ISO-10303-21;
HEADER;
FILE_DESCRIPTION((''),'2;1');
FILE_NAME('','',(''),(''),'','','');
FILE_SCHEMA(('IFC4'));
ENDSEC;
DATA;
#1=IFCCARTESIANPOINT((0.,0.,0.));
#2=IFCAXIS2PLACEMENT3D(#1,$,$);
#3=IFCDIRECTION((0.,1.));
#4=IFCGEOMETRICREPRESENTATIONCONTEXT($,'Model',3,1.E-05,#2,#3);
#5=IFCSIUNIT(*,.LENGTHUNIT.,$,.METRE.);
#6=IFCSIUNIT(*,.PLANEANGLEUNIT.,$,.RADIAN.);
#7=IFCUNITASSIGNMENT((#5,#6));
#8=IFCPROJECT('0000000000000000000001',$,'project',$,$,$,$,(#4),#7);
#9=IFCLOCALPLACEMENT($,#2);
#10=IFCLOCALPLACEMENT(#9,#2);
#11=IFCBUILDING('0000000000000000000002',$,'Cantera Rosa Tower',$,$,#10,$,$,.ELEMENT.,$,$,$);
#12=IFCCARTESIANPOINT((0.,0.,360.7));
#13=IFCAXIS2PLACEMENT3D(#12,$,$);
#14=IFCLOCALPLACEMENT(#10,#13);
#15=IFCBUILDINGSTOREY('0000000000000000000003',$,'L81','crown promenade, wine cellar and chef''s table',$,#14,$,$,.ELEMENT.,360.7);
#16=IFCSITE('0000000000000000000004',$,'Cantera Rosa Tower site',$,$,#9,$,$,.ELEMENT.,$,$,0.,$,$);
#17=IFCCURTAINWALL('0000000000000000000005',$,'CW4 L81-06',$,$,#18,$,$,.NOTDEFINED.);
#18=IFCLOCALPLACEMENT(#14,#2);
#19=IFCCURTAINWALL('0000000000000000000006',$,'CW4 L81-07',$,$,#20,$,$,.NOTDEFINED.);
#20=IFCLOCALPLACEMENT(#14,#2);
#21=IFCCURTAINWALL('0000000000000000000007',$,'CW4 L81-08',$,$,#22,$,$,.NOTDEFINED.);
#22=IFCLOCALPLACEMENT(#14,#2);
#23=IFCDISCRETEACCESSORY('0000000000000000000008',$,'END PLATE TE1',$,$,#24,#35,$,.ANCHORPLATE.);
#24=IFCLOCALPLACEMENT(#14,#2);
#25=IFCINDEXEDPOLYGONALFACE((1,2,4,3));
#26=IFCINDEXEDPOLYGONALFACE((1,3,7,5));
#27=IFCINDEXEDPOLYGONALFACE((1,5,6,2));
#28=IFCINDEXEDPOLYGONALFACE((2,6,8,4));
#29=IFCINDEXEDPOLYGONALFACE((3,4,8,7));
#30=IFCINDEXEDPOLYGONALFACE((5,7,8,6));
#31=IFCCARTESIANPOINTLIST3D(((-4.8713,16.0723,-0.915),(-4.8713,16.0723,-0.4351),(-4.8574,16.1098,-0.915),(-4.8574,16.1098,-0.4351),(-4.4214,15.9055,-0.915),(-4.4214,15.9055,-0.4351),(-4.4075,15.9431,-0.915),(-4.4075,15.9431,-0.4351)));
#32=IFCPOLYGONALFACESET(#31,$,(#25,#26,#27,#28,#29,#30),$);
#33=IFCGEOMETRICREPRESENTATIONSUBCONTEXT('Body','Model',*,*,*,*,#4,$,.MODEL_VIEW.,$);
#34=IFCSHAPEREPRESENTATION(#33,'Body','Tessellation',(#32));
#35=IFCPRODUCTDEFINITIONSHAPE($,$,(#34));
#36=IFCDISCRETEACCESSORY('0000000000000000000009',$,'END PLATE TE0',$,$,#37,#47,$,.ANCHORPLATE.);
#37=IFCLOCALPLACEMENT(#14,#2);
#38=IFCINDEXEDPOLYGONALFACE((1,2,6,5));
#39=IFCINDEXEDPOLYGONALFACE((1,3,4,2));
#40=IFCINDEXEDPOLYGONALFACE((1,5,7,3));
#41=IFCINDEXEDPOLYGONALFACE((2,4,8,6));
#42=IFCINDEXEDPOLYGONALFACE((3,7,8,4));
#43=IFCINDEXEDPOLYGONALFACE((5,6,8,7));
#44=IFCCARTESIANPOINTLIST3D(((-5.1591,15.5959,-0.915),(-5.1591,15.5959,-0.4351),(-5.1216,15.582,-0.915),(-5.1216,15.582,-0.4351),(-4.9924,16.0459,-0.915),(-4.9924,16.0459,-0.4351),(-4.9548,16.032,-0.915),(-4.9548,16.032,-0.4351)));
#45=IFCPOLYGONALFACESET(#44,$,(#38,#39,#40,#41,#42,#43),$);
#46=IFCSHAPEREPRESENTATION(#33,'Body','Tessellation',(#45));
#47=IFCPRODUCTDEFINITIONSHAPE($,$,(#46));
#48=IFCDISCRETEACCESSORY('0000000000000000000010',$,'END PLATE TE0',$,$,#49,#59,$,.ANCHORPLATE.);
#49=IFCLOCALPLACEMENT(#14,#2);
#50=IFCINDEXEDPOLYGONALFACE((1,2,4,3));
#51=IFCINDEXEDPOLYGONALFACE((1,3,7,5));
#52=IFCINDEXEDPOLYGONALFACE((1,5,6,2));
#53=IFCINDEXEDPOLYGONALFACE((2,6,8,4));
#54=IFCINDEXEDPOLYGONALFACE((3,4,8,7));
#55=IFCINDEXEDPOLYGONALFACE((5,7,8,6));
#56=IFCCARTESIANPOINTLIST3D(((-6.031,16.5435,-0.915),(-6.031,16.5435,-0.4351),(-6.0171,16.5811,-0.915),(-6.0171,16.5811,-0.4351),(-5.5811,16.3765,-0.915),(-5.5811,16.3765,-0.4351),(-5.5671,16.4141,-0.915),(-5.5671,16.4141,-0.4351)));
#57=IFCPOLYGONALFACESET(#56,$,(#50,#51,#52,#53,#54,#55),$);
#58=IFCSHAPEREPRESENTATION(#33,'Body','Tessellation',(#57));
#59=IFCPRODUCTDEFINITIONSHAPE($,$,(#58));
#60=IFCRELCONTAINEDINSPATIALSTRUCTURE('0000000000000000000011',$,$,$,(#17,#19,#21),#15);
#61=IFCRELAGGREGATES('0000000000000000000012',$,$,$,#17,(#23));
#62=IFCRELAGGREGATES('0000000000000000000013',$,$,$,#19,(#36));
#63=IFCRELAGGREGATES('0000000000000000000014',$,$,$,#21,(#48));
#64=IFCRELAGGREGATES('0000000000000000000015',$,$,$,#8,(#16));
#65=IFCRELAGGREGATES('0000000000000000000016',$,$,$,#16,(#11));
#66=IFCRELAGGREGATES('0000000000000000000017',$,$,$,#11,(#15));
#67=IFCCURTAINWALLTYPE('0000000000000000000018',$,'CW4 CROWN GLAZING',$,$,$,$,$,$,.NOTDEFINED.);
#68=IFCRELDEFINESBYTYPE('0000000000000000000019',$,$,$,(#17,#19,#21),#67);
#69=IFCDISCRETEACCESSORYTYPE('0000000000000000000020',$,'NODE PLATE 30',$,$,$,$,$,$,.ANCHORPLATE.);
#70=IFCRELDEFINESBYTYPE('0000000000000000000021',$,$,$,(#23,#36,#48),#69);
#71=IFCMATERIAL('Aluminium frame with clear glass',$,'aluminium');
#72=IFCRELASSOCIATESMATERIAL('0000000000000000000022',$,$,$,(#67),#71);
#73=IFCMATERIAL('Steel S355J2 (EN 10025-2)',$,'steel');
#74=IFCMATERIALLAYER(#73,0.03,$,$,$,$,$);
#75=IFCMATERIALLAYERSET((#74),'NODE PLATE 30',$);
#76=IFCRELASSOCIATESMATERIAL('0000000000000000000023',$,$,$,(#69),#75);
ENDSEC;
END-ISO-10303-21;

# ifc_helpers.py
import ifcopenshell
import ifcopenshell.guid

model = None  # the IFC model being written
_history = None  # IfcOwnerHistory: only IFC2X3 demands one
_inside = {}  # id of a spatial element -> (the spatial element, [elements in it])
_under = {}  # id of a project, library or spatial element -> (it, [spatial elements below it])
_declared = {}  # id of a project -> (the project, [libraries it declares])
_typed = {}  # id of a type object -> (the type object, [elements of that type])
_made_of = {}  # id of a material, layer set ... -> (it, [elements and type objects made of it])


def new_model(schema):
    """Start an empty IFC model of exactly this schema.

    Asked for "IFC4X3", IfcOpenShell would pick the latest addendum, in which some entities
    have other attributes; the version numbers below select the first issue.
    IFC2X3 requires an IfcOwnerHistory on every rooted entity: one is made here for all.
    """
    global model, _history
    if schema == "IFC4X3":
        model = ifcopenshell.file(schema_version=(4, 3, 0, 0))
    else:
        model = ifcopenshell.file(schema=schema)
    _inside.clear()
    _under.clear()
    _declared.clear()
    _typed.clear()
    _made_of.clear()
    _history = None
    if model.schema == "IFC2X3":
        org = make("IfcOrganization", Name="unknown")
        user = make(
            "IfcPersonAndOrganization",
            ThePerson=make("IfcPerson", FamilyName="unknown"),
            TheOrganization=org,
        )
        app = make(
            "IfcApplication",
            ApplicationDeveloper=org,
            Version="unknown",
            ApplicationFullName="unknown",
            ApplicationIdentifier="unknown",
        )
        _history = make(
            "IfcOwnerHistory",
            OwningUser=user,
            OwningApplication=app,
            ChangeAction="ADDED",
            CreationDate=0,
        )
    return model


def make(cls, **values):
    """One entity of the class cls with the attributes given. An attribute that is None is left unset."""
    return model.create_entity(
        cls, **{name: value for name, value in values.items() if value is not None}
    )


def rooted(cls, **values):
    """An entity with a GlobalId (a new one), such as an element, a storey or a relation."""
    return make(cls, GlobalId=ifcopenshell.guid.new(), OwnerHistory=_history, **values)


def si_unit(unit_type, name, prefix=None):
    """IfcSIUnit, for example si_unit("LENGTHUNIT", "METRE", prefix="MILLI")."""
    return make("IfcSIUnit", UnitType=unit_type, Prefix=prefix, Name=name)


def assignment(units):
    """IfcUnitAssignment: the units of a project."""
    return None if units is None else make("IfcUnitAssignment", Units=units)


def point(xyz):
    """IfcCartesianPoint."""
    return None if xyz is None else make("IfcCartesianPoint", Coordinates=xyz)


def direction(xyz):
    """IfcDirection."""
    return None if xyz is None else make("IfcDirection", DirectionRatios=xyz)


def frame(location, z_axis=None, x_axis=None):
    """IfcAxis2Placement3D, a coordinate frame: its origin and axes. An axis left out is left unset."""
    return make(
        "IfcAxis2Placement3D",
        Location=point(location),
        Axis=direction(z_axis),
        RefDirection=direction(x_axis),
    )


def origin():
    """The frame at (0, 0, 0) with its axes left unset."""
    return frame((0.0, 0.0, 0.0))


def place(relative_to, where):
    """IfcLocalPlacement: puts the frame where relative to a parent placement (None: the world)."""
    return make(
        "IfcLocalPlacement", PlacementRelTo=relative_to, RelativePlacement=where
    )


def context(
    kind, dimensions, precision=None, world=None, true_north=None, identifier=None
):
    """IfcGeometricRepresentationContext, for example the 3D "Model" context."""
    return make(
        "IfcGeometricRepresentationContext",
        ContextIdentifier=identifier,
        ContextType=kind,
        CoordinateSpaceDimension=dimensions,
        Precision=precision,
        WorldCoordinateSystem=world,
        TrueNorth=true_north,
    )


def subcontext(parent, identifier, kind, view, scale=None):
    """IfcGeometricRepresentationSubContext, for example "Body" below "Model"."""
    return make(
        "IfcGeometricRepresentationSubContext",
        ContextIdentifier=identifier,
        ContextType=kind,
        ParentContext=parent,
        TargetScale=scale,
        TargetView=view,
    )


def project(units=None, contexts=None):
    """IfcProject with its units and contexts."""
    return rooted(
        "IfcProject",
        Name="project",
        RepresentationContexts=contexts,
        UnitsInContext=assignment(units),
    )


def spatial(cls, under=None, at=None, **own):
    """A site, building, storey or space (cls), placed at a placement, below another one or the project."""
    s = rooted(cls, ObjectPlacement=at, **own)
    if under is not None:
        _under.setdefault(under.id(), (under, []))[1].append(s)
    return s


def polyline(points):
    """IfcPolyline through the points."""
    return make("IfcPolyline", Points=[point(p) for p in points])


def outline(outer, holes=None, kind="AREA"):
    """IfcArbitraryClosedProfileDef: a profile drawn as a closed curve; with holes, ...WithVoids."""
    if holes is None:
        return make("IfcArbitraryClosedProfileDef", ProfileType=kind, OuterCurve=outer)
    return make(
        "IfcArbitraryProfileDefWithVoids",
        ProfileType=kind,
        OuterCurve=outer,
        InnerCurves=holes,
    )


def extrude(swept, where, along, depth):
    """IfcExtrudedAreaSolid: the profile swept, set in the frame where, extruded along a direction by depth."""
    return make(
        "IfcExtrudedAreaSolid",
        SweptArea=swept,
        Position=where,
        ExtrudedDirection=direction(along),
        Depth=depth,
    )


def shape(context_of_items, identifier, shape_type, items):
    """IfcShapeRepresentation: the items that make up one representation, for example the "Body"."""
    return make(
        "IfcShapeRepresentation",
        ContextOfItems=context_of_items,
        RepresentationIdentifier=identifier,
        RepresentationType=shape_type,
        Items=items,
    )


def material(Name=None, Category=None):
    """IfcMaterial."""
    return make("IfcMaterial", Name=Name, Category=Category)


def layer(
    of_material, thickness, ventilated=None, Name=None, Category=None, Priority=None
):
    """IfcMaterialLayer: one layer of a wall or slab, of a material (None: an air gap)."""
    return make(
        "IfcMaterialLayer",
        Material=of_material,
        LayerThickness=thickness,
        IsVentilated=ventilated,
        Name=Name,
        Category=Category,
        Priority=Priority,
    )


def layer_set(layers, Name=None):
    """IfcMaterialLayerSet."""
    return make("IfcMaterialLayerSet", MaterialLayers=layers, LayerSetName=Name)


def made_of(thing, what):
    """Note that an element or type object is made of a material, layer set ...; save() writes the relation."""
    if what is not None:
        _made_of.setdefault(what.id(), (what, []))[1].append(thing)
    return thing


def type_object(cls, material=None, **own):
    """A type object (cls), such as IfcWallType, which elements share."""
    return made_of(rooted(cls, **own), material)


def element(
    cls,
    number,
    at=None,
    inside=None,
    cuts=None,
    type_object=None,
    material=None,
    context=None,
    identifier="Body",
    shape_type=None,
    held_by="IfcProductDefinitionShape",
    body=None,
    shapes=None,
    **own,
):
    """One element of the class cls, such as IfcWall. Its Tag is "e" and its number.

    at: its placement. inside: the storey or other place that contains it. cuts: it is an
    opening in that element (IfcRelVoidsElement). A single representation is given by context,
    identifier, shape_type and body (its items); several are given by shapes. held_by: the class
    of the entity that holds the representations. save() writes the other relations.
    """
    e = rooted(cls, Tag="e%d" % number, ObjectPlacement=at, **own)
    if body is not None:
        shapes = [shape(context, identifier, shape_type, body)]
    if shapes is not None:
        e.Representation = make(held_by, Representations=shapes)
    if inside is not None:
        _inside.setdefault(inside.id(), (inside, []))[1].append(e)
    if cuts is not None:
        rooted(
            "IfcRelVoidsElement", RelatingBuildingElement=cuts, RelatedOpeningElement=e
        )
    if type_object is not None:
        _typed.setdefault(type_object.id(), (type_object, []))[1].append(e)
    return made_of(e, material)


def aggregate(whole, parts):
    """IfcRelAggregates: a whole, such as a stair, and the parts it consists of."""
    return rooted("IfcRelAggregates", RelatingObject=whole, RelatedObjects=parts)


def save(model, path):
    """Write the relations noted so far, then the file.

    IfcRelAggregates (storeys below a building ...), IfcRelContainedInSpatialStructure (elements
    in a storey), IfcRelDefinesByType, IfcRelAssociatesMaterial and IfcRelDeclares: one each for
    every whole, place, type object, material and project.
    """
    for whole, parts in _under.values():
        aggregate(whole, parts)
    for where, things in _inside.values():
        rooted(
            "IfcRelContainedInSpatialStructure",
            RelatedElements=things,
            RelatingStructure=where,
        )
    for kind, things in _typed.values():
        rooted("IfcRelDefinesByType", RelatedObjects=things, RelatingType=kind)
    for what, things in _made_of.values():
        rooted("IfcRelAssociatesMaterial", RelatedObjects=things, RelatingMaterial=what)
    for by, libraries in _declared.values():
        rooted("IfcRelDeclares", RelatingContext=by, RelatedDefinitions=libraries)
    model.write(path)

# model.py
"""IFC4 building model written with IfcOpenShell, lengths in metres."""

from ifc_helpers import new_model, si_unit, direction, frame, origin, place, context, subcontext, project, spatial, polyline, outline, extrude, material, layer, layer_set, type_object, element, aggregate, save


model = new_model("IFC4")

# Units and contexts
model_context = context("Model", 3, precision=1e-05, world=origin(), true_north=direction((0.0, 1.0)))
body_context = subcontext(model_context, "Body", "Model", "MODEL_VIEW")
ifc_project = project(units=[si_unit("LENGTHUNIT", "METRE"), si_unit("PLANEANGLEUNIT", "RADIAN")], contexts=[model_context])

# Site, building, storey
site_placement = place(None, origin())
site = spatial("IfcSite", under=ifc_project, at=site_placement, Name="Cantera Rosa Tower site", CompositionType="ELEMENT", RefElevation=0.0)
building_placement = place(site_placement, origin())
building = spatial("IfcBuilding", under=site, at=building_placement, Name="Cantera Rosa Tower", CompositionType="ELEMENT")
storey_placement = place(building_placement, frame((0.0, 0.0, 360.7)))
storey = spatial("IfcBuildingStorey", under=building, at=storey_placement, Name="L81", Description="crown promenade, wine cellar and chef's table", CompositionType="ELEMENT", Elevation=360.7)

# Curtain walls
ifc_material_1 = material(Name="Aluminium frame with clear glass", Category="aluminium")
curtain_wall_type = type_object("IfcCurtainWallType", Name="CW4 CROWN GLAZING", PredefinedType="NOTDEFINED", material=ifc_material_1)
curtain_wall_1_placement = place(storey_placement, origin())
curtain_wall_1 = element("IfcCurtainWall", 1, at=curtain_wall_1_placement, inside=storey, type_object=curtain_wall_type, Name="CW4 L81-06", PredefinedType="NOTDEFINED")
curtain_wall_2_placement = place(storey_placement, origin())
curtain_wall_2 = element("IfcCurtainWall", 2, at=curtain_wall_2_placement, inside=storey, type_object=curtain_wall_type, Name="CW4 L81-07", PredefinedType="NOTDEFINED")

# Curtain wall
curtain_wall_3_placement = place(storey_placement, origin())
curtain_wall_3 = element("IfcCurtainWall", 3, at=curtain_wall_3_placement, inside=storey, type_object=curtain_wall_type, Name="CW4 L81-08", PredefinedType="NOTDEFINED")

# Shared definitions
ifc_material_2 = material(Name="Steel S355J2 (EN 10025-2)", Category="steel")
ifc_layer_1 = layer(ifc_material_2, 0.03)
ifc_layer_set_1 = layer_set([ifc_layer_1], Name="NODE PLATE 30")
discrete_accessory_type = type_object("IfcDiscreteAccessoryType", Name="NODE PLATE 30", PredefinedType="ANCHORPLATE", material=ifc_layer_set_1)

# Discrete accessories
discrete_accessory_1_placement = place(storey_placement, frame((-4.4214, 15.9055, -0.4351), z_axis=(-0.347497, -0.937681, 0.0), x_axis=(-0.937681, 0.347497, 0.0)))
discrete_accessory_1 = element("IfcDiscreteAccessory", 4, at=discrete_accessory_1_placement, type_object=discrete_accessory_type, Name="END PLATE TE1", PredefinedType="ANCHORPLATE", context=body_context, shape_type="SweptSolid", body=[
    extrude(outline(polyline([(0.0, 0.0), (0.4799, 0.0), (0.4799, 0.48), (0.0, 0.48), (0.0, 0.0)])), origin(), (0.0, 0.0, -1.0), 0.04),
])
aggregate(curtain_wall_1, [discrete_accessory_1])
discrete_accessory_2_placement = place(storey_placement, frame((-4.9548, 16.032, -0.4351), z_axis=(0.937681, -0.347497, 0.0), x_axis=(-0.347497, -0.937681, 0.0)))
discrete_accessory_2 = element("IfcDiscreteAccessory", 5, at=discrete_accessory_2_placement, type_object=discrete_accessory_type, Name="END PLATE TE0", PredefinedType="ANCHORPLATE", context=body_context, shape_type="SweptSolid", body=[
    extrude(outline(polyline([(0.0, 0.0), (0.4799, 0.0), (0.4799, 0.48), (0.0, 0.48), (0.0, 0.0)])), origin(), (0.0, 0.0, -1.0), 0.04),
])
aggregate(curtain_wall_2, [discrete_accessory_2])
discrete_accessory_3_placement = place(storey_placement, frame((-6.0171, 16.5811, -0.4351), z_axis=(0.347944, 0.937515, 0.0), x_axis=(0.937515, -0.347944, 0.0)))
discrete_accessory_3 = element("IfcDiscreteAccessory", 6, at=discrete_accessory_3_placement, type_object=discrete_accessory_type, Name="END PLATE TE0", PredefinedType="ANCHORPLATE", context=body_context, shape_type="SweptSolid", body=[
    extrude(outline(polyline([(0.0, 0.0), (0.4799, 0.0), (0.4799, 0.48), (0.0, 0.48), (0.0, 0.0)])), origin(), (0.0, 0.0, -1.0), 0.04),
])
aggregate(curtain_wall_3, [discrete_accessory_3])

save(model, "model.ifc")
